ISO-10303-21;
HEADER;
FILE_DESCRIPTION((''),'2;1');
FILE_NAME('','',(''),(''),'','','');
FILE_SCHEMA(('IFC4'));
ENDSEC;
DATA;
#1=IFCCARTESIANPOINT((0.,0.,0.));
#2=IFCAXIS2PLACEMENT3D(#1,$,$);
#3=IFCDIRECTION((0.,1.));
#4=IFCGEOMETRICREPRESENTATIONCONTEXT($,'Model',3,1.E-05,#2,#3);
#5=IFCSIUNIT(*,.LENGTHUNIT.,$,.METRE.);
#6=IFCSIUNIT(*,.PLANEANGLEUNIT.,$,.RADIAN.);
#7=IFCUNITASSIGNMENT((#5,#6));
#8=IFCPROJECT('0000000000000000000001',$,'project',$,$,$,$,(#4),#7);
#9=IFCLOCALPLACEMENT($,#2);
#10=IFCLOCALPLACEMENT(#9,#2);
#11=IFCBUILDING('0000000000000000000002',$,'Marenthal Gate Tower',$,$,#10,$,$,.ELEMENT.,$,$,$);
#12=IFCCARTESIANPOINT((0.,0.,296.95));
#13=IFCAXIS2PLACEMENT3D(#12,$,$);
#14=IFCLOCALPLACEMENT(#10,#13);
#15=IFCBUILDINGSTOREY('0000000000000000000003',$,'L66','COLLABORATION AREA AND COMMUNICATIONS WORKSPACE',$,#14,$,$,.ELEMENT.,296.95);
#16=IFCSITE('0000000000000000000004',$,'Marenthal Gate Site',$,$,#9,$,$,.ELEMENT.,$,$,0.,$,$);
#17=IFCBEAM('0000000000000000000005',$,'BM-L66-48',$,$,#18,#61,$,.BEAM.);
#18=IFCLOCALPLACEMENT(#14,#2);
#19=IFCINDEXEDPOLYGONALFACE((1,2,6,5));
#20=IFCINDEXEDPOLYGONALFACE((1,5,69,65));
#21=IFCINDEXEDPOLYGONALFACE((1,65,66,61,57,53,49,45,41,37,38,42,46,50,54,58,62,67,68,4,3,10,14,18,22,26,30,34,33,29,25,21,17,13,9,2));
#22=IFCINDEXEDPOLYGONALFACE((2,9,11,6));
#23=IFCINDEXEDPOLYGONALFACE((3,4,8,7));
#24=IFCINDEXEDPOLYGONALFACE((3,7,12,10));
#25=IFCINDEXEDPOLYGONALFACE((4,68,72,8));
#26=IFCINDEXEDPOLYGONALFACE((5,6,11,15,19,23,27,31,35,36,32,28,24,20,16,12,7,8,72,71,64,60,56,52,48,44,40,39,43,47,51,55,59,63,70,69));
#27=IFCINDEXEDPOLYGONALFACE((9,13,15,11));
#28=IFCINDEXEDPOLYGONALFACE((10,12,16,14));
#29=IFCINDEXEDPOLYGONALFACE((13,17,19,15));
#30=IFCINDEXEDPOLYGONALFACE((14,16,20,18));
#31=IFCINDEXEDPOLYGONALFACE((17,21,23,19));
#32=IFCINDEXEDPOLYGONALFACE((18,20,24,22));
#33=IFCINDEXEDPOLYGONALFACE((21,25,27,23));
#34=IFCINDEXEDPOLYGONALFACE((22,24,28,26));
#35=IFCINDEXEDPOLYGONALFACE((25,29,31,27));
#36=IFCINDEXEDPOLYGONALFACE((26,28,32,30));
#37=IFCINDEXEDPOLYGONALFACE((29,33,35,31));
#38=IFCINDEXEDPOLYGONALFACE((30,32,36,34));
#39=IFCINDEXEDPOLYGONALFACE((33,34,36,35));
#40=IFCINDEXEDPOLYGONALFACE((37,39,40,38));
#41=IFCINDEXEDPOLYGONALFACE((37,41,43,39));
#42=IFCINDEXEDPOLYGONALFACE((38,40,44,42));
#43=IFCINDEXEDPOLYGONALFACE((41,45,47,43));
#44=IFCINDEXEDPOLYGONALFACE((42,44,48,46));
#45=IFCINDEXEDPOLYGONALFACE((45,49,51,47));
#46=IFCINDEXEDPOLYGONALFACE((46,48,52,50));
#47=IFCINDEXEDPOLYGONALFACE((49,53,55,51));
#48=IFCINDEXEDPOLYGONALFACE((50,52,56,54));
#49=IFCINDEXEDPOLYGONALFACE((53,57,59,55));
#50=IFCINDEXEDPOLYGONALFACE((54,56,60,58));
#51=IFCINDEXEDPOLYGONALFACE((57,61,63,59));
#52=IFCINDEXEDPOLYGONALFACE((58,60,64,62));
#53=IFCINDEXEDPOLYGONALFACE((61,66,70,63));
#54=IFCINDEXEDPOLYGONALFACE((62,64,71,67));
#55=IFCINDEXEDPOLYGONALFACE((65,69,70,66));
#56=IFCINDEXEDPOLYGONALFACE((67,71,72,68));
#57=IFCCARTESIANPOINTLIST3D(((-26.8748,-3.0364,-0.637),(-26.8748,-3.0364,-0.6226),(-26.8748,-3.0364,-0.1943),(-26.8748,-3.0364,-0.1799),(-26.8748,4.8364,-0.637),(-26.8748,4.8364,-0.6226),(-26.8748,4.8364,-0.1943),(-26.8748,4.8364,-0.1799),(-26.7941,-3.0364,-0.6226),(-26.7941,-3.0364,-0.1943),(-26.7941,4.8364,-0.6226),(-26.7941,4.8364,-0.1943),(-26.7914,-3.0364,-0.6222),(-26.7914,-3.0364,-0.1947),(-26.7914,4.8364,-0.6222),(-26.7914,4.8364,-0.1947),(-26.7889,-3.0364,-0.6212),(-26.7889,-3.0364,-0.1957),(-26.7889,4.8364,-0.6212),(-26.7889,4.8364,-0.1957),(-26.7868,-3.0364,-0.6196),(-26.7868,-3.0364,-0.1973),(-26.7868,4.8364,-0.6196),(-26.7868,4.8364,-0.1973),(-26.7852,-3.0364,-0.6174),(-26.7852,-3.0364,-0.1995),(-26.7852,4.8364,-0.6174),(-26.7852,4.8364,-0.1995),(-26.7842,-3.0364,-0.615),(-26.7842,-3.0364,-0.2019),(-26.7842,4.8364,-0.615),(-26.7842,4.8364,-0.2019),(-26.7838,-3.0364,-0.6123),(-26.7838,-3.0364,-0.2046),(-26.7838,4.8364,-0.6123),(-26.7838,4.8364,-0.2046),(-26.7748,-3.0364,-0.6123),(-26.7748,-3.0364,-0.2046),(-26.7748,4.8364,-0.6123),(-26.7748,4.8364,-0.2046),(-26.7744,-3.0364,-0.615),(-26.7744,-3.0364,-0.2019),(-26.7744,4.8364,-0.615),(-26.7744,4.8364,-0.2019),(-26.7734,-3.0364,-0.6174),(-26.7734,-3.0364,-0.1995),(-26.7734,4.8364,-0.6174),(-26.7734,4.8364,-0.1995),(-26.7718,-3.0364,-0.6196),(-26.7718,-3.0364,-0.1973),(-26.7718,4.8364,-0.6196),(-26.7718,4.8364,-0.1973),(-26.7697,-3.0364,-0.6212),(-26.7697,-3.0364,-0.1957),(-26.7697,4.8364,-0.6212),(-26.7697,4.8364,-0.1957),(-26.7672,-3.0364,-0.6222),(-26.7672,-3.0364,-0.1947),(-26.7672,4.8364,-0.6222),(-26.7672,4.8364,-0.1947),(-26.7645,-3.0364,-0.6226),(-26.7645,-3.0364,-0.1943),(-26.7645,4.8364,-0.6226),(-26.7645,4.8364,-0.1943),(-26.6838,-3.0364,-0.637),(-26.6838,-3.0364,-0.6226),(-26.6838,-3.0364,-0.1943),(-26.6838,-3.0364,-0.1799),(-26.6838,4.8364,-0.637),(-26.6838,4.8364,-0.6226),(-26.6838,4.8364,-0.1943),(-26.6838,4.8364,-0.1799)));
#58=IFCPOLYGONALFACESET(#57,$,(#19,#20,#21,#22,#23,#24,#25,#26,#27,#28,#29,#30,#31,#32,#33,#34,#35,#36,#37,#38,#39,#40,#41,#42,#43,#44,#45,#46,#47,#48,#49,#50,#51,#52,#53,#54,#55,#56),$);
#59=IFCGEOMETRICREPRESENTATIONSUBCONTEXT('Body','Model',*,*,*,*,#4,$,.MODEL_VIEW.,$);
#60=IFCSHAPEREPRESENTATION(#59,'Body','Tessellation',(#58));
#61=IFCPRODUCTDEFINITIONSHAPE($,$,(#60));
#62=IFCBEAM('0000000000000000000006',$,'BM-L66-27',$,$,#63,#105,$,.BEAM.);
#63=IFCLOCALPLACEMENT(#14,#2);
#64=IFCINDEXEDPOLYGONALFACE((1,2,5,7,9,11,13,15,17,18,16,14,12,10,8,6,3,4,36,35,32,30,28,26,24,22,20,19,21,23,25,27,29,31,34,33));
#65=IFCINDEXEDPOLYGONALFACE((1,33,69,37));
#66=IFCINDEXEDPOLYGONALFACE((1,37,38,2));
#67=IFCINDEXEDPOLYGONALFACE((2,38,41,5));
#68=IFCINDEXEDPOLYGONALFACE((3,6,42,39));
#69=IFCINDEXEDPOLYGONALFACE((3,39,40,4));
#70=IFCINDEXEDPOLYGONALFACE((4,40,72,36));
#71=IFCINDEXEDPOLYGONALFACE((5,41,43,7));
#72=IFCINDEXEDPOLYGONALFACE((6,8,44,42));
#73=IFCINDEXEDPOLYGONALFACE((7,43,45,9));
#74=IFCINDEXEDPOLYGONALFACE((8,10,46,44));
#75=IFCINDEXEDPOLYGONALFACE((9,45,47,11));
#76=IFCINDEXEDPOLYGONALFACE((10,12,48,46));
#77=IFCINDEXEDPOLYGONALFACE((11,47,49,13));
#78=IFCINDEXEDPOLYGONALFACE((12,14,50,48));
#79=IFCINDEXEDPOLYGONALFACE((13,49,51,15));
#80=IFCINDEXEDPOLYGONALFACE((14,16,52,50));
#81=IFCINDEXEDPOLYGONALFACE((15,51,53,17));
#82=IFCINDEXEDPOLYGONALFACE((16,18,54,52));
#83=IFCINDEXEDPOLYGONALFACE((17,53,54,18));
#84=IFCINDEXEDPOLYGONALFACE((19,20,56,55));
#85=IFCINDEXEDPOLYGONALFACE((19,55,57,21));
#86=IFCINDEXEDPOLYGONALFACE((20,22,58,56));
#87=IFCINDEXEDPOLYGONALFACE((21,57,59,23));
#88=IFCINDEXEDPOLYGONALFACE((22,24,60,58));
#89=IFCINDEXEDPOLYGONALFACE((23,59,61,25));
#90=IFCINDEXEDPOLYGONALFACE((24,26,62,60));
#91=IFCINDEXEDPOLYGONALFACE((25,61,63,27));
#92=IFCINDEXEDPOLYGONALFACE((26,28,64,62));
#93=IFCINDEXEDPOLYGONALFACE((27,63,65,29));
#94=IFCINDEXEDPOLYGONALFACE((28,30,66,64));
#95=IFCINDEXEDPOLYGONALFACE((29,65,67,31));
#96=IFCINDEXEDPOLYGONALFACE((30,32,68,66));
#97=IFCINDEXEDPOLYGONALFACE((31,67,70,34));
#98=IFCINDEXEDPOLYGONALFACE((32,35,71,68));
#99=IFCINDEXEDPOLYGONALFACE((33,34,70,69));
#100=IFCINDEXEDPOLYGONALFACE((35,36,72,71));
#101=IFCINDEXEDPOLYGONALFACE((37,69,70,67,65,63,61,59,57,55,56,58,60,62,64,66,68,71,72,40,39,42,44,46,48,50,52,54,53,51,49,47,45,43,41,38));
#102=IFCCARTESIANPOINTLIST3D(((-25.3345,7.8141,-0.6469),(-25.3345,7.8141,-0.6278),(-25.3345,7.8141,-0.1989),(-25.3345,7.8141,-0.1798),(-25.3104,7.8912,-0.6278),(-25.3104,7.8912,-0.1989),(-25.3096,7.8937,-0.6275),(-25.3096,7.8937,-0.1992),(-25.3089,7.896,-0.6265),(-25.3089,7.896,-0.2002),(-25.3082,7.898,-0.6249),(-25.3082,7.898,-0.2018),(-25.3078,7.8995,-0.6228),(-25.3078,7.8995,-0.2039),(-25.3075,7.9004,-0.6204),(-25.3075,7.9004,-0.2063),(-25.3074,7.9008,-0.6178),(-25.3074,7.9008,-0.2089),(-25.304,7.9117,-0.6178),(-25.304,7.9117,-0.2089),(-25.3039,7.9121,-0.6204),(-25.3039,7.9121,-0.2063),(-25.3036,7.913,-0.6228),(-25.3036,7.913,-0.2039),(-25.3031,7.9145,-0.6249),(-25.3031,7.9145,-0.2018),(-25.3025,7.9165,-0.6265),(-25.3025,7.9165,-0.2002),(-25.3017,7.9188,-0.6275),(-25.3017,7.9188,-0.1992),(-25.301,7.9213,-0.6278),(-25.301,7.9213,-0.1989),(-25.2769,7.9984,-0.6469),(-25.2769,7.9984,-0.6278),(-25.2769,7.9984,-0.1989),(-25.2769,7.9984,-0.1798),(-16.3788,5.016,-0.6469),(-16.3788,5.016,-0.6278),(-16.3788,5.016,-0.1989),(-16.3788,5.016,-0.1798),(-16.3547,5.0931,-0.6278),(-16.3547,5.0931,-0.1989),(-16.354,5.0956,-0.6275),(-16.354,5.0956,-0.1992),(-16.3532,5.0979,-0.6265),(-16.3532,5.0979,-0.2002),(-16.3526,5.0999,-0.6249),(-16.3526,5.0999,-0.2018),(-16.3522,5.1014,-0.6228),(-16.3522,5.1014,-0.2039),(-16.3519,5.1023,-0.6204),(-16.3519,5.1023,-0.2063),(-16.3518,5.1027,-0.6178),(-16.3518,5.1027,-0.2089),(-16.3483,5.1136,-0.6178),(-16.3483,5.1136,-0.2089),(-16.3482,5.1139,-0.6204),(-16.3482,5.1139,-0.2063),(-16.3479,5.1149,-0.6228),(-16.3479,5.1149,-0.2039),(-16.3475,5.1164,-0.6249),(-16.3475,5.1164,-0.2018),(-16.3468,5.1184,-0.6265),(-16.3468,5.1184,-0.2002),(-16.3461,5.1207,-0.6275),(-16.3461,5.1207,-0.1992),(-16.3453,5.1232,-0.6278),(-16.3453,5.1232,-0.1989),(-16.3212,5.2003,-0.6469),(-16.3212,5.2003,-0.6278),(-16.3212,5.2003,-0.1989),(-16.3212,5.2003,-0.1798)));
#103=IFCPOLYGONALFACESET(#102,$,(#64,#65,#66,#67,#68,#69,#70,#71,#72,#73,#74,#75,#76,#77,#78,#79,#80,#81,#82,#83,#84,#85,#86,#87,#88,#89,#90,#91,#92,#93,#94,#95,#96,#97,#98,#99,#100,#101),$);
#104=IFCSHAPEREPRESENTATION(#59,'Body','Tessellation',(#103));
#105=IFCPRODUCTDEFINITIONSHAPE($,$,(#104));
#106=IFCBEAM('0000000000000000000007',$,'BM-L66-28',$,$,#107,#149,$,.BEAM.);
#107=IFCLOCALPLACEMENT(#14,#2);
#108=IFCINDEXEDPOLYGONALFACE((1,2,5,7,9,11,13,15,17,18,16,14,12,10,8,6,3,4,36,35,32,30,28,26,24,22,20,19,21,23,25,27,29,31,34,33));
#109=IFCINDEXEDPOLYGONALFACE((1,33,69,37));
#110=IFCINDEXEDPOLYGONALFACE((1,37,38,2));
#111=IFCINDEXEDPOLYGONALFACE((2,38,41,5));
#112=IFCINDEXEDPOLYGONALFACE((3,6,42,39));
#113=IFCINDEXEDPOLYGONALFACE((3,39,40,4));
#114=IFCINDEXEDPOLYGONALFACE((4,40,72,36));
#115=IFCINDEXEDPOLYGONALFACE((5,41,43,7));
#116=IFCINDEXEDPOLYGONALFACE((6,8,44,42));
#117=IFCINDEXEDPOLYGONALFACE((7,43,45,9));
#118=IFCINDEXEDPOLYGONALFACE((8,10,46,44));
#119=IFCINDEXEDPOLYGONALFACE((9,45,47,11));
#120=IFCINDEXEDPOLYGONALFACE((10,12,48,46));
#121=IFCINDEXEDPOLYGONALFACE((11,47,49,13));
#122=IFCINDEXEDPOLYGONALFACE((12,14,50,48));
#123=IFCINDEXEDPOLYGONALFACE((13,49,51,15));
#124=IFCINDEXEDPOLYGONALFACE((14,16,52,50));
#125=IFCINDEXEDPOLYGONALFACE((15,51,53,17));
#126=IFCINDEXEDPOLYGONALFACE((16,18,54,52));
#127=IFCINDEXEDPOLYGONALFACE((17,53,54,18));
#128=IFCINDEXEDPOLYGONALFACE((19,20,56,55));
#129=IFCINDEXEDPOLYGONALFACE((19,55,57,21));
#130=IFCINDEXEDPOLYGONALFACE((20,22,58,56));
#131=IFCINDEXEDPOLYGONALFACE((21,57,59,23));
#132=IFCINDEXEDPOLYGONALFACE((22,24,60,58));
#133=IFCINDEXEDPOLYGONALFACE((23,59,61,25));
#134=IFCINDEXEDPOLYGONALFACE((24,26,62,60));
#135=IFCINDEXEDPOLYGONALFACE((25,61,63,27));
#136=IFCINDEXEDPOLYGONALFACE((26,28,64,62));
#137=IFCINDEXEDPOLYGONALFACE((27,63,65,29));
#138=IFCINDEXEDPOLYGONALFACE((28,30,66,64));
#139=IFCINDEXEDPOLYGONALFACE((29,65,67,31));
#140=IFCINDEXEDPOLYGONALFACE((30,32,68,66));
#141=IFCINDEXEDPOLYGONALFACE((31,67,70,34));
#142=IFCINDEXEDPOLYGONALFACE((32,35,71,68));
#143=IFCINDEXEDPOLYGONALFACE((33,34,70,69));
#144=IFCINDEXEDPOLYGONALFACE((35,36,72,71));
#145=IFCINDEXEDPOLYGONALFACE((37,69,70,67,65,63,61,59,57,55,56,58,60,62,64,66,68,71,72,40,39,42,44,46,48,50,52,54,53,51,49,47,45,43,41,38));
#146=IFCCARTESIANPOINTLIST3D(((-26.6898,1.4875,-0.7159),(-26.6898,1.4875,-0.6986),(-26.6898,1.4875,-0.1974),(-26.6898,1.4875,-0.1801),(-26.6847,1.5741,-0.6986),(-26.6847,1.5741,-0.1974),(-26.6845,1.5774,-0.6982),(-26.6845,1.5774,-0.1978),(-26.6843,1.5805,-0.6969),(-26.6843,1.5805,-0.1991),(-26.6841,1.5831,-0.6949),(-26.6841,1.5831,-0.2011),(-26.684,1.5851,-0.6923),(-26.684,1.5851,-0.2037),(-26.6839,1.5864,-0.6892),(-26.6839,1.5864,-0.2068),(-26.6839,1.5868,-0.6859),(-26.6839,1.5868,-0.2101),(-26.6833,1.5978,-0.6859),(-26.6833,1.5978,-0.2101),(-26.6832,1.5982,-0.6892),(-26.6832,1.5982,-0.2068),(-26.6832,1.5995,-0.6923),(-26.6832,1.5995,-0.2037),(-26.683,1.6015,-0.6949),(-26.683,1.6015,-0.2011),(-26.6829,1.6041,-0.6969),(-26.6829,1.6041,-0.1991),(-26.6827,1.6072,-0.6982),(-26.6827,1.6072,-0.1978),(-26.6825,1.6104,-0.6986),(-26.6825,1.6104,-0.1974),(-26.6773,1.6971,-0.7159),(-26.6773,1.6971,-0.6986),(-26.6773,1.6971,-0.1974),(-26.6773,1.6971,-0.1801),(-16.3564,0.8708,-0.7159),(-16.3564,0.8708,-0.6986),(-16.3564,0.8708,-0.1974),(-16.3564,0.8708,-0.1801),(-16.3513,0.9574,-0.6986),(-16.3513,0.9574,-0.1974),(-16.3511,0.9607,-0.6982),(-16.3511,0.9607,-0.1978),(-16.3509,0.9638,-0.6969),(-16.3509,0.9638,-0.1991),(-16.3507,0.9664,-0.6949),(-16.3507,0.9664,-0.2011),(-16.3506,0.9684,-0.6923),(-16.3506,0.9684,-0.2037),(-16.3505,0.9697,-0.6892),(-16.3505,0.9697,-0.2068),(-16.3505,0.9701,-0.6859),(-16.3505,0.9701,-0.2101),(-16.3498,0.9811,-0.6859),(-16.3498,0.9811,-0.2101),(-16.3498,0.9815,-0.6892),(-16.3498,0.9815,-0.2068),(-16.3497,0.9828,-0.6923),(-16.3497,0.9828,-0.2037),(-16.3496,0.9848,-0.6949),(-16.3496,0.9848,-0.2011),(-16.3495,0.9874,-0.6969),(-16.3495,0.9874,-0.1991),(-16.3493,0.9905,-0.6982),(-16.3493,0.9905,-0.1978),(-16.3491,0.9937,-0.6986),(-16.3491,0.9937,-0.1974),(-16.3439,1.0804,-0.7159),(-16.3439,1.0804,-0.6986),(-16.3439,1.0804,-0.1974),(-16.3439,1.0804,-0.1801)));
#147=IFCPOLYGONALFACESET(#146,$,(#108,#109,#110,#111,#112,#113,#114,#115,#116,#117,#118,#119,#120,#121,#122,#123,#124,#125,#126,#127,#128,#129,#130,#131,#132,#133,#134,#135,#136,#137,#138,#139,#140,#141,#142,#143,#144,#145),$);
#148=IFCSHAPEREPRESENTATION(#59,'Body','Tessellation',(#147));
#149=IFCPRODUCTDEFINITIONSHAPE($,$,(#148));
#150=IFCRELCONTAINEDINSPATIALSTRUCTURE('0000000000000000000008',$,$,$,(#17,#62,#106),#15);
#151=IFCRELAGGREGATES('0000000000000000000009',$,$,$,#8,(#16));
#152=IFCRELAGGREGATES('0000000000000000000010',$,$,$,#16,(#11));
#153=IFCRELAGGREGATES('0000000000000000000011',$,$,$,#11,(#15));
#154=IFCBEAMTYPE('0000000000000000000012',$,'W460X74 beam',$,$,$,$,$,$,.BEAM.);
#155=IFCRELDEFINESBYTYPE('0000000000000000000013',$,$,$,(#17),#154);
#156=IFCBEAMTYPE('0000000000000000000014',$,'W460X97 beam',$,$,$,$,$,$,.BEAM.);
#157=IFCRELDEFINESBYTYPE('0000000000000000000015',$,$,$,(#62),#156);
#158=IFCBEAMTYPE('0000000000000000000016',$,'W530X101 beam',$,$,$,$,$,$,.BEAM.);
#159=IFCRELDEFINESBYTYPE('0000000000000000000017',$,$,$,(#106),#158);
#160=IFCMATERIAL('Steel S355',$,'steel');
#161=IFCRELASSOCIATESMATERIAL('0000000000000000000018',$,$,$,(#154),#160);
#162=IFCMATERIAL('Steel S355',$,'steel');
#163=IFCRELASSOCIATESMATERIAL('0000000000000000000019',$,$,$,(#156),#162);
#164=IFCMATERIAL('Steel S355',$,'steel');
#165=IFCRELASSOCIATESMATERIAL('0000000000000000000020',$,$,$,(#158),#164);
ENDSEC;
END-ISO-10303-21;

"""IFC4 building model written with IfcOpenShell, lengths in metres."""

from ifc_helpers import new_model, si_unit, direction, frame, origin, origin_2d, place, context, subcontext, project, spatial, i_section, extrude, material, material_profile, profile_set, type_object, element, save


model = new_model("IFC4")

# Units and contexts
model_context = context("Model", 3, precision=1e-05, world=origin(), true_north=direction((0.0, 1.0)))
body_context = subcontext(model_context, "Body", "Model", "MODEL_VIEW")
ifc_project = project(units=[si_unit("LENGTHUNIT", "METRE"), si_unit("PLANEANGLEUNIT", "RADIAN")], contexts=[model_context])

# Site, building, storey
site_placement = place(None, origin())
site = spatial("IfcSite", under=ifc_project, at=site_placement, Name="Marenthal Gate Site", CompositionType="ELEMENT", RefElevation=0.0)
building_placement = place(site_placement, origin())
building = spatial("IfcBuilding", under=site, at=building_placement, Name="Marenthal Gate Tower", CompositionType="ELEMENT")
storey_placement = place(building_placement, frame((0.0, 0.0, 296.95)))
storey = spatial("IfcBuildingStorey", under=building, at=storey_placement, Name="L66", Description="COLLABORATION AREA AND COMMUNICATIONS WORKSPACE", CompositionType="ELEMENT", Elevation=296.95)

# Beams
ifc_material_1 = material(Name="Steel S355", Category="steel")
ifc_material_profile_1 = material_profile(ifc_material_1, i_section(OverallWidth=0.1909, OverallDepth=0.457, WebThickness=0.009, FlangeThickness=0.0144, FilletRadius=0.0103, at=origin_2d()), Name="W460X74")
ifc_profile_set_1 = profile_set([ifc_material_profile_1], Name="Steel S355")
beam_type_1 = type_object("IfcBeamType", Name="W460X74 beam", PredefinedType="BEAM", material=ifc_profile_set_1)
beam_1_placement = place(storey_placement, frame((-26.7793, 4.8364, -0.4084), z_axis=(0.0, -1.0, 0.0), x_axis=(1.0, 0.0, 0.0)))
element("IfcBeam", 1, at=beam_1_placement, inside=storey, type_object=beam_type_1, Name="BM-L66-48", PredefinedType="BEAM", context=body_context, shape_type="SweptSolid", body=[
    extrude(i_section(OverallWidth=0.1909, OverallDepth=0.457, WebThickness=0.009, FlangeThickness=0.0144, FilletRadius=0.0103, at=origin_2d()), origin(), (0.0, 0.0, 1.0), 7.8728),
])
ifc_material_2 = material(Name="Steel S355", Category="steel")
ifc_material_profile_2 = material_profile(ifc_material_2, i_section(OverallWidth=0.1931, OverallDepth=0.467, WebThickness=0.0115, FlangeThickness=0.019, FilletRadius=0.01, at=origin_2d()), Name="W460X97")
ifc_profile_set_2 = profile_set([ifc_material_profile_2], Name="Steel S355")
beam_type_2 = type_object("IfcBeamType", Name="W460X97 beam", PredefinedType="BEAM", material=ifc_profile_set_2)
beam_2_placement = place(storey_placement, frame((-25.3057, 7.9062, -0.4133), z_axis=(0.954496, -0.298225, 0.0), x_axis=(0.298225, 0.954496, 0.0)))
element("IfcBeam", 2, at=beam_2_placement, inside=storey, type_object=beam_type_2, Name="BM-L66-27", PredefinedType="BEAM", context=body_context, shape_type="SweptSolid", body=[
    extrude(i_section(OverallWidth=0.1931, OverallDepth=0.467, WebThickness=0.0115, FlangeThickness=0.019, FilletRadius=0.01, at=origin_2d()), origin(), (0.0, 0.0, 1.0), 9.3826),
])
ifc_material_3 = material(Name="Steel S355", Category="steel")
ifc_material_profile_3 = material_profile(ifc_material_3, i_section(OverallWidth=0.21, OverallDepth=0.5359, WebThickness=0.011, FlangeThickness=0.0173, FilletRadius=0.0127, at=origin_2d()), Name="W530X101")
ifc_profile_set_3 = profile_set([ifc_material_profile_3], Name="Steel S355")
beam_type_3 = type_object("IfcBeamType", Name="W530X101 beam", PredefinedType="BEAM", material=ifc_profile_set_3)
beam_3_placement = place(storey_placement, frame((-26.6836, 1.5923, -0.448), z_axis=(0.998224, -0.059574, 0.0), x_axis=(0.059574, 0.998224, 0.0)))
element("IfcBeam", 3, at=beam_3_placement, inside=storey, type_object=beam_type_3, Name="BM-L66-28", PredefinedType="BEAM", context=body_context, shape_type="SweptSolid", body=[
    extrude(i_section(OverallWidth=0.21, OverallDepth=0.5359, WebThickness=0.011, FlangeThickness=0.0173, FilletRadius=0.0127, at=origin_2d()), origin(), (0.0, 0.0, 1.0), 10.3518),
])

save(model, "model.ifc")
